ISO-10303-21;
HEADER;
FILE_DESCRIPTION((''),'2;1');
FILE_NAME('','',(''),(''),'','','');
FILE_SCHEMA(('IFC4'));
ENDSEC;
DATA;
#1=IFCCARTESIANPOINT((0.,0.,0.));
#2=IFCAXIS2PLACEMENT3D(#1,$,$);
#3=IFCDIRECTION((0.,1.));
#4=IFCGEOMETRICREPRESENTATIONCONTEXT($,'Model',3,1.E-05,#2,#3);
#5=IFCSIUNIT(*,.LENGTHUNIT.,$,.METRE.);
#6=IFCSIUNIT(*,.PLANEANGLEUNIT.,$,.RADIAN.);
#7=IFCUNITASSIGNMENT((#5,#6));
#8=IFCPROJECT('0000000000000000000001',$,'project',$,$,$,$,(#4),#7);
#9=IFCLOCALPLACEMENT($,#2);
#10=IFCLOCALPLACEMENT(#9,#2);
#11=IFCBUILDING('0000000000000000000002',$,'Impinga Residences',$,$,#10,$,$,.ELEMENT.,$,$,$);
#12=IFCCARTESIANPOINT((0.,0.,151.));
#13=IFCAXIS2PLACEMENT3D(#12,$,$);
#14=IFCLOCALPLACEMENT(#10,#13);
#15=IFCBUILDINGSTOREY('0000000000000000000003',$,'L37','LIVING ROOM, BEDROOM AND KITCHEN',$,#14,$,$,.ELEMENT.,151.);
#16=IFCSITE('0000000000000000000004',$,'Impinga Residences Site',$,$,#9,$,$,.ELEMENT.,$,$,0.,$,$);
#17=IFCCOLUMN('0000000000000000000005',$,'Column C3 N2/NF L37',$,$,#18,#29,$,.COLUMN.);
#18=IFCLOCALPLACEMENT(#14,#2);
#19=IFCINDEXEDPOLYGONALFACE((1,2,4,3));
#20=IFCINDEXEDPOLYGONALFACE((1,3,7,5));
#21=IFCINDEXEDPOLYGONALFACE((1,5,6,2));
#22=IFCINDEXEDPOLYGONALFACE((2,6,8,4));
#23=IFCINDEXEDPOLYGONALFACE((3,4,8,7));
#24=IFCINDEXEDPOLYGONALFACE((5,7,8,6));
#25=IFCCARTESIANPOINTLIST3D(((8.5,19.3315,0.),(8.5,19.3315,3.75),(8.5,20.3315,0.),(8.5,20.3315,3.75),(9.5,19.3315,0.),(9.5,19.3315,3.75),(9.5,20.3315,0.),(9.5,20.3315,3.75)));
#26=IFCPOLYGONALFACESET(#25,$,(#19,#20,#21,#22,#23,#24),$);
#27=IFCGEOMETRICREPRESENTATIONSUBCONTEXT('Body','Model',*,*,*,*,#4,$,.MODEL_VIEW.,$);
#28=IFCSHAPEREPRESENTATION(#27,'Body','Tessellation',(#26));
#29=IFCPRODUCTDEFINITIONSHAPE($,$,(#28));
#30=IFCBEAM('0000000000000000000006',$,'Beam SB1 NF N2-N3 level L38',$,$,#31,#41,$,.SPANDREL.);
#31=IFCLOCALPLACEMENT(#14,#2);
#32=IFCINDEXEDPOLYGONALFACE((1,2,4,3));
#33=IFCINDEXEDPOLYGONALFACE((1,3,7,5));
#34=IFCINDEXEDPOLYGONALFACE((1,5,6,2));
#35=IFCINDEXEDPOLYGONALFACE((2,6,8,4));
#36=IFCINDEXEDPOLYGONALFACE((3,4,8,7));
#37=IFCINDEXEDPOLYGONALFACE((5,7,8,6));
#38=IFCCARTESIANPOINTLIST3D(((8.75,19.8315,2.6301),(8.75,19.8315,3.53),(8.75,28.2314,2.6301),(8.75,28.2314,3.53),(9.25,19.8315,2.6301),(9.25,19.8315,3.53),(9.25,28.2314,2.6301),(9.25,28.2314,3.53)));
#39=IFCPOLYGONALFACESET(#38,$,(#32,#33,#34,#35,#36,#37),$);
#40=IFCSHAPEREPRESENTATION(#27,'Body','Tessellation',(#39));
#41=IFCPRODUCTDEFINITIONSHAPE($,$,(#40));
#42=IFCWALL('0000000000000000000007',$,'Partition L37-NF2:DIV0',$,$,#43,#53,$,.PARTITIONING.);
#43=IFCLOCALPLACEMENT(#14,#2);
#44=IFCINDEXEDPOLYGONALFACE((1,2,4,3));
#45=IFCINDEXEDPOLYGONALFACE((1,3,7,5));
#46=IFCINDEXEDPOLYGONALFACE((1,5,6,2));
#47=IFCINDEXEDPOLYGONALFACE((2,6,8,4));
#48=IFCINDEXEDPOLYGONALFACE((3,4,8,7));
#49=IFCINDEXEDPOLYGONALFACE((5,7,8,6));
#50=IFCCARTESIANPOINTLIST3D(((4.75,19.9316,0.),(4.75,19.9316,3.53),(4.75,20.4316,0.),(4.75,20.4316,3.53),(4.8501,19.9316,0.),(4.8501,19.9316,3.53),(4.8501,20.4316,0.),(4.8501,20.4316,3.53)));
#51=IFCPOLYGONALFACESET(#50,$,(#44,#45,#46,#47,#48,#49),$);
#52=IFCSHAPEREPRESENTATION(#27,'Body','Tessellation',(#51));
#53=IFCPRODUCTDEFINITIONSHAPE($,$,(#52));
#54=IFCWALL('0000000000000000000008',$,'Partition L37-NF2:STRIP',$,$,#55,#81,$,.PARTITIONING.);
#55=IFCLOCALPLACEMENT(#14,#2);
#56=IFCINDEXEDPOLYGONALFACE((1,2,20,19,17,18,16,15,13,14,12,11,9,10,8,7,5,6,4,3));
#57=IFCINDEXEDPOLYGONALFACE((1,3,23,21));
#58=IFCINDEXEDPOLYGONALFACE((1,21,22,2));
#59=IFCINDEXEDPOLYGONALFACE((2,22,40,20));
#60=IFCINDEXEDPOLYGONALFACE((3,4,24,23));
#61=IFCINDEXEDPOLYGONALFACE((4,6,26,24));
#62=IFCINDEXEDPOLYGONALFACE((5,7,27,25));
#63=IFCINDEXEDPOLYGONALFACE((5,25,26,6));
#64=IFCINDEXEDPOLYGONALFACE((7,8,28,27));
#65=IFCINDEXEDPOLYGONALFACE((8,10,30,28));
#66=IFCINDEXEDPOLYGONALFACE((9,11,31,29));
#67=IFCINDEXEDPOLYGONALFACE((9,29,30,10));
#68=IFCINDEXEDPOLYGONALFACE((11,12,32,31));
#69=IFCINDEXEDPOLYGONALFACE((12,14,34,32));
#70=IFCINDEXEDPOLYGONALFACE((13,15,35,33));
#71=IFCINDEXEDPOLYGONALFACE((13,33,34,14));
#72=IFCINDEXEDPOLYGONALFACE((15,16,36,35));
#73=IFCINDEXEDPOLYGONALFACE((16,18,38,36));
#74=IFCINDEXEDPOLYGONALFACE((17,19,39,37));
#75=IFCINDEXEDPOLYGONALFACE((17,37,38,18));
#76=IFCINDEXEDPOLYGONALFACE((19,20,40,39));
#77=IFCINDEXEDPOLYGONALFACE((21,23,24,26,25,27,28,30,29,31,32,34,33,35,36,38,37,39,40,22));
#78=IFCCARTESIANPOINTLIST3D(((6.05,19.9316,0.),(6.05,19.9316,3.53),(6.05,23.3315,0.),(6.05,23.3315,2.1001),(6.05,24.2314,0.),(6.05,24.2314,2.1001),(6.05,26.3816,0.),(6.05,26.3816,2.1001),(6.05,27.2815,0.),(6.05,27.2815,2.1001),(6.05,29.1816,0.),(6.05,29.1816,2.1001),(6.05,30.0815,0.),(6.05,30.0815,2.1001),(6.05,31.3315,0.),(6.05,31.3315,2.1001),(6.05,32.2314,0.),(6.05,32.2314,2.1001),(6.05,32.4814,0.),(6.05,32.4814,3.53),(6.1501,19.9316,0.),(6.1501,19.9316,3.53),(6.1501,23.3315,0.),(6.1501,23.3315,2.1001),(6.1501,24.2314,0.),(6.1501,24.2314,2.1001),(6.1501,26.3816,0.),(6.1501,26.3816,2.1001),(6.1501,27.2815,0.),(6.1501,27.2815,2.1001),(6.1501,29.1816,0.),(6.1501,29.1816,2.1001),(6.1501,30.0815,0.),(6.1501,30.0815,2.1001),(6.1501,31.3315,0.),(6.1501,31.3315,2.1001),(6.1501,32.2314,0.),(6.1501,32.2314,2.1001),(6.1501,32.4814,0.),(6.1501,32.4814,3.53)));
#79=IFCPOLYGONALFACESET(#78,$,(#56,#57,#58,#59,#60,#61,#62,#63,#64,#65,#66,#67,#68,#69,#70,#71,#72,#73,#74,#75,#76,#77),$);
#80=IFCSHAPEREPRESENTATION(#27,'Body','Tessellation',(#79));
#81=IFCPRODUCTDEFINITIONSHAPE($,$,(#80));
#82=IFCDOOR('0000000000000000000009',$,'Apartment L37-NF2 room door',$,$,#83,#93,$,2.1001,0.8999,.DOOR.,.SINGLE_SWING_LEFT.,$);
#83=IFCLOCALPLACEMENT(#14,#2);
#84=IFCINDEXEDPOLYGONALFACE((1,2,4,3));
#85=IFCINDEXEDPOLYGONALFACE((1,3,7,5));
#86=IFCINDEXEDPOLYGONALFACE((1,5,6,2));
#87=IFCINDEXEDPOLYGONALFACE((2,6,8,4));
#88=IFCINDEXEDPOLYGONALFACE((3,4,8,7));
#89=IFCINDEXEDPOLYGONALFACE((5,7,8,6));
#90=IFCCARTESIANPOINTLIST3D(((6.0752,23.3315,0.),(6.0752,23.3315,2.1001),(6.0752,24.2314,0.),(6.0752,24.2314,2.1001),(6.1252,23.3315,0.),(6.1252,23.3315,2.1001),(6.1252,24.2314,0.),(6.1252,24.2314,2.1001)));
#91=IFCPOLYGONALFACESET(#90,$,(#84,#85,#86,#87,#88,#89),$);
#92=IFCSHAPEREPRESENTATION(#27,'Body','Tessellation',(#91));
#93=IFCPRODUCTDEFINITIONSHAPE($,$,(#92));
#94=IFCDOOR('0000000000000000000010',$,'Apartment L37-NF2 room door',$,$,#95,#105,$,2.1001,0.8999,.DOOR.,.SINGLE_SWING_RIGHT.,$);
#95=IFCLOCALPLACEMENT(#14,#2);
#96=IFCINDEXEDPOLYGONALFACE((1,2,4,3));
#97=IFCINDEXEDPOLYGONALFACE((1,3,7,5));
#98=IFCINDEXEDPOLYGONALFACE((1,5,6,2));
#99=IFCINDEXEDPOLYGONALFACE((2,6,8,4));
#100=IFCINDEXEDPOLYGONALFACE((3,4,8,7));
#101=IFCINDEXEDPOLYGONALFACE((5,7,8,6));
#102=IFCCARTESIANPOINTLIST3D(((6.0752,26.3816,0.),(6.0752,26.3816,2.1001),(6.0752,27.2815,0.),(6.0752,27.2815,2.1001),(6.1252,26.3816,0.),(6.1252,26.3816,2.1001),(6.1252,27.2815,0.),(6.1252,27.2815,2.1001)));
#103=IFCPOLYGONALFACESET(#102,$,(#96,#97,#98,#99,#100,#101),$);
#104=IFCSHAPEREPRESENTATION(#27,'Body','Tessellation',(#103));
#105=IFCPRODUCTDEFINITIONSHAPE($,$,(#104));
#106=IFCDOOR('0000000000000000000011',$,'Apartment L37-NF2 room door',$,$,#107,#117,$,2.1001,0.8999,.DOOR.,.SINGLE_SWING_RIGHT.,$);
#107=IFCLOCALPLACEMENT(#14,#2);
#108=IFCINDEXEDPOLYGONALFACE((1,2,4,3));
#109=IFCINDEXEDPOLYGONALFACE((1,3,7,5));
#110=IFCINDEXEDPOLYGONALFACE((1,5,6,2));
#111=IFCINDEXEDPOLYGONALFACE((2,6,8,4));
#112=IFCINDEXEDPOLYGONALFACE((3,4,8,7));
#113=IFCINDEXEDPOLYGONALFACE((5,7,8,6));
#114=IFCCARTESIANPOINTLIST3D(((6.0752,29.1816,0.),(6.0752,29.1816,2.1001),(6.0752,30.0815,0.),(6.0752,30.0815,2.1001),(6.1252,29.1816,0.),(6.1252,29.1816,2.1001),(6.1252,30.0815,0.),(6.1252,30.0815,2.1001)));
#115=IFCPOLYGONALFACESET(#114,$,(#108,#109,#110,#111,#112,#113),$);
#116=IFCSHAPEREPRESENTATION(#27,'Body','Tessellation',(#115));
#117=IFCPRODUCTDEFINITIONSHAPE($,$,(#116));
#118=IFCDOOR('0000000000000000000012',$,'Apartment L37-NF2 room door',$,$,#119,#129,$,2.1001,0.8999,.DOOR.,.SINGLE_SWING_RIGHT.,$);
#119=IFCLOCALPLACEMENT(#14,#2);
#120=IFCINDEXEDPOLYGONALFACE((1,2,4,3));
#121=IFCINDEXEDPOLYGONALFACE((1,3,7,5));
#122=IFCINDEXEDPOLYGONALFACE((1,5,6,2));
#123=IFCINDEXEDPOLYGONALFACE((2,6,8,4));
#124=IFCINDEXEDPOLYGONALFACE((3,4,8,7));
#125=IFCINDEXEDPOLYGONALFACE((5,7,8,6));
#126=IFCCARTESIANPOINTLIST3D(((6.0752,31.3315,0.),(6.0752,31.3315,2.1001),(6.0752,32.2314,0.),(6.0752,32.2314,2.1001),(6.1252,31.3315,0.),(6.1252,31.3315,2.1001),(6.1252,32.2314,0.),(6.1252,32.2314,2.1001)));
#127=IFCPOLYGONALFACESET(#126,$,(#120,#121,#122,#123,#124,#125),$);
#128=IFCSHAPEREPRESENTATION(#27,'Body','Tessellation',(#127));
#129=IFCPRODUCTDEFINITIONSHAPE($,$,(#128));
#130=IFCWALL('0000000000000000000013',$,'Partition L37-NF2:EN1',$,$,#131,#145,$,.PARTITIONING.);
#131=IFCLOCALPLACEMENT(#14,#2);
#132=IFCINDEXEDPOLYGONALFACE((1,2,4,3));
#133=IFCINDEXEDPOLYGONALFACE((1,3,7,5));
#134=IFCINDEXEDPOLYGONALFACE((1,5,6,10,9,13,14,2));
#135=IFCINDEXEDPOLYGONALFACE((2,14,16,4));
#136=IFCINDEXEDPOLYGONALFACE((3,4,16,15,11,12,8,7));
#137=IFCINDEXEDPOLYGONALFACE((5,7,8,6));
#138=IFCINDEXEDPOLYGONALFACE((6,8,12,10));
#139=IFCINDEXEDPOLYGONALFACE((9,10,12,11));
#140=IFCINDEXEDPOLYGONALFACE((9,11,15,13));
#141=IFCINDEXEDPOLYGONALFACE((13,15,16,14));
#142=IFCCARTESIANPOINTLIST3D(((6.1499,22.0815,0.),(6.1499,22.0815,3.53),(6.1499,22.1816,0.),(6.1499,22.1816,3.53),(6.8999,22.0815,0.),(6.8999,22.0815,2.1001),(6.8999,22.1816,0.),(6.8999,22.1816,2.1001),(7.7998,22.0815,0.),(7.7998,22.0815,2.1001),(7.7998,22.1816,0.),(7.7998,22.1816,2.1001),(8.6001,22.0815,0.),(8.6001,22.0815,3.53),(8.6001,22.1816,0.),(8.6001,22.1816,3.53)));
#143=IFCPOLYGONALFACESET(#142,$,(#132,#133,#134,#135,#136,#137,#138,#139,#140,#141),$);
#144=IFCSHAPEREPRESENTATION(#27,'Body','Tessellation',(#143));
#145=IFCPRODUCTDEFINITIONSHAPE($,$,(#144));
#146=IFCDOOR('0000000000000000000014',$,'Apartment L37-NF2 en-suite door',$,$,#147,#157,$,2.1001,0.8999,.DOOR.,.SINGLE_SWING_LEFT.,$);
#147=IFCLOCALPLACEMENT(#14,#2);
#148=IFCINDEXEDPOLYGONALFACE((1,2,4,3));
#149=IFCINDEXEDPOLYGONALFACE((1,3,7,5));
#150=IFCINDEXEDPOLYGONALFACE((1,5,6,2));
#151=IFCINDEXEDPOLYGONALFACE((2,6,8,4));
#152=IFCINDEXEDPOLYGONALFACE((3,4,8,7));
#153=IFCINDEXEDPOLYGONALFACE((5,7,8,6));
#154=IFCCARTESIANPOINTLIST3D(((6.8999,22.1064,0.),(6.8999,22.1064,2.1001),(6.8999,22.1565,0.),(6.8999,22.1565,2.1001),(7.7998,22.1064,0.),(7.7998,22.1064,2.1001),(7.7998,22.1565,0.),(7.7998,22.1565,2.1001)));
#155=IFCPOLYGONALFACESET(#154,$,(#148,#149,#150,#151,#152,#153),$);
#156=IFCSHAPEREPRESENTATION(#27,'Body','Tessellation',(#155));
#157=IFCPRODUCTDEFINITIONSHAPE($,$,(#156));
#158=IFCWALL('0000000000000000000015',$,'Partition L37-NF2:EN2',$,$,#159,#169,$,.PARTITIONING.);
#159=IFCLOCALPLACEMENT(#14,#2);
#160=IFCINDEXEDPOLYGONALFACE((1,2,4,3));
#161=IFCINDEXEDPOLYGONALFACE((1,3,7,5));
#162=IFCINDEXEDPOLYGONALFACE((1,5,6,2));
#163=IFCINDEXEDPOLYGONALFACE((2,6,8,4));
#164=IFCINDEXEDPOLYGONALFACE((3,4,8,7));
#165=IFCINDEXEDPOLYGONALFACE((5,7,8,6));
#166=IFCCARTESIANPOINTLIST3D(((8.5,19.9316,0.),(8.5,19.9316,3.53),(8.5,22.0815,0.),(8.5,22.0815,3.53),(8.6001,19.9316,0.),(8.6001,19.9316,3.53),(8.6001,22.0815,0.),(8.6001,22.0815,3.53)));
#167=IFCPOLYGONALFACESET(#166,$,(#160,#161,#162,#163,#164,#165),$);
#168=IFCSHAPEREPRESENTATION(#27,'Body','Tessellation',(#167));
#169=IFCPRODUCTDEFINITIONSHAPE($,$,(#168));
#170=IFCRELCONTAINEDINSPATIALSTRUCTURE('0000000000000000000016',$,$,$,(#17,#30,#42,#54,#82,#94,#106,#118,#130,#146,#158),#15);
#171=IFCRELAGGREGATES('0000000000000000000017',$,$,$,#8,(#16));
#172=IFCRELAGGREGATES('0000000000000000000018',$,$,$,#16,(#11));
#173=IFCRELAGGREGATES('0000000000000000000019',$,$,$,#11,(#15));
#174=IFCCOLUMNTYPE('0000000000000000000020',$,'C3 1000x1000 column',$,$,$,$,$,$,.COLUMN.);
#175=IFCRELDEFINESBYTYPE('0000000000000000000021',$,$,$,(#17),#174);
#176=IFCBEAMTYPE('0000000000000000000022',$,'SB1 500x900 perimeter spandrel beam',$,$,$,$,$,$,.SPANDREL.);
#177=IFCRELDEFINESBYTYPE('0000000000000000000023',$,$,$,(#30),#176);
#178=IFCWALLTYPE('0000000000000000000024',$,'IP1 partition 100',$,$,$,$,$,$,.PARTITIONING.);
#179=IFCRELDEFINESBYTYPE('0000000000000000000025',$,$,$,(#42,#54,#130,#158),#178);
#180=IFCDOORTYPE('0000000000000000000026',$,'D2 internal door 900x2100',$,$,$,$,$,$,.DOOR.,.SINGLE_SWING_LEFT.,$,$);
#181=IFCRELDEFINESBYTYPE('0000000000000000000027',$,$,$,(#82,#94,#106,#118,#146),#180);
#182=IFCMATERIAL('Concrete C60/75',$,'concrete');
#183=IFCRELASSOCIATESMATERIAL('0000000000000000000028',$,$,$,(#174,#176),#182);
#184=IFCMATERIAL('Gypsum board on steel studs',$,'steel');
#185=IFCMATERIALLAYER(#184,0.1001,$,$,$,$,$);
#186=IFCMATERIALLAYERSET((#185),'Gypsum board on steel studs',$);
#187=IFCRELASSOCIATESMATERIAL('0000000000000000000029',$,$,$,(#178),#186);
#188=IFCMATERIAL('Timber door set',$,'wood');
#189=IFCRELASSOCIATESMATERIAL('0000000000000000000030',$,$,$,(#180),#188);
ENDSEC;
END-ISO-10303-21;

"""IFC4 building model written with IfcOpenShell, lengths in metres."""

from ifc_helpers import new_model, si_unit, direction, frame, frame_2d, origin, origin_2d, place, context, subcontext, project, spatial, rectangle, extrude, material, layer, layer_set, material_profile, profile_set, type_object, element, fill, save


model = new_model("IFC4")

# Units and contexts
model_context = context("Model", 3, precision=1e-05, world=origin(), true_north=direction((0.0, 1.0)))
body_context = subcontext(model_context, "Body", "Model", "MODEL_VIEW")
ifc_project = project(units=[si_unit("LENGTHUNIT", "METRE"), si_unit("PLANEANGLEUNIT", "RADIAN")], contexts=[model_context])

# Site, building, storey
site_placement = place(None, origin())
site = spatial("IfcSite", under=ifc_project, at=site_placement, Name="Impinga Residences Site", CompositionType="ELEMENT", RefElevation=0.0)
building_placement = place(site_placement, origin())
building = spatial("IfcBuilding", under=site, at=building_placement, Name="Impinga Residences", CompositionType="ELEMENT")
storey_placement = place(building_placement, frame((0.0, 0.0, 151.0)))
storey = spatial("IfcBuildingStorey", under=building, at=storey_placement, Name="L37", Description="LIVING ROOM, BEDROOM AND KITCHEN", CompositionType="ELEMENT", Elevation=151.0)

# Column
ifc_material_1 = material(Name="Concrete C60/75", Category="concrete")
ifc_material_profile_1 = material_profile(ifc_material_1, rectangle(XDim=1.0, YDim=1.0, at=origin_2d()), Name="RC 1000x1000")
ifc_profile_set_1 = profile_set([ifc_material_profile_1], Name="Concrete C60/75")
column_type = type_object("IfcColumnType", Name="C3 1000x1000 column", PredefinedType="COLUMN", material=ifc_profile_set_1)
column_placement = place(storey_placement, frame((9.0, 19.8315, 0.0), z_axis=(0.0, 0.0, 1.0), x_axis=(1.0, 0.0, 0.0)))
element("IfcColumn", 1, at=column_placement, inside=storey, type_object=column_type, Name="Column C3 N2/NF L37", PredefinedType="COLUMN", context=body_context, shape_type="SweptSolid", body=[
    extrude(rectangle(XDim=1.0, YDim=1.0, at=origin_2d()), origin(), (0.0, 0.0, 1.0), 3.75),
])

# Beam
ifc_material_profile_2 = material_profile(ifc_material_1, rectangle(XDim=0.5, YDim=0.8999, at=origin_2d()), Name="RC 500x900")
ifc_profile_set_2 = profile_set([ifc_material_profile_2], Name="Concrete C60/75")
beam_type = type_object("IfcBeamType", Name="SB1 500x900 perimeter spandrel beam", PredefinedType="SPANDREL", material=ifc_profile_set_2)
beam_placement = place(storey_placement, frame((9.0, 19.8315, 3.0801), z_axis=(0.0, 1.0, 0.0), x_axis=(-1.0, 0.0, 0.0)))
element("IfcBeam", 2, at=beam_placement, inside=storey, type_object=beam_type, Name="Beam SB1 NF N2-N3 level L38", PredefinedType="SPANDREL", context=body_context, shape_type="SweptSolid", body=[
    extrude(rectangle(XDim=0.5, YDim=0.8999, at=origin_2d()), origin(), (0.0, 0.0, 1.0), 8.3999),
])

# Wall
ifc_material_2 = material(Name="Gypsum board on steel studs", Category="steel")
ifc_layer_1 = layer(ifc_material_2, 0.1001)
ifc_layer_set_1 = layer_set([ifc_layer_1], Name="Gypsum board on steel studs")
wall_type_1 = type_object("IfcWallType", Name="IP1 partition 100", PredefinedType="PARTITIONING", material=ifc_layer_set_1)
wall_1_placement = place(storey_placement, frame((4.8, 19.9316, 0.0), z_axis=(0.0, 0.0, 1.0), x_axis=(0.0, 1.0, 0.0)))
element("IfcWall", 3, at=wall_1_placement, inside=storey, type_object=wall_type_1, Name="Partition L37-NF2:DIV0", PredefinedType="PARTITIONING", context=body_context, shape_type="SweptSolid", body=[
    extrude(rectangle(XDim=0.5, YDim=0.1001, at=frame_2d((0.25, 0.0))), origin(), (0.0, 0.0, 1.0), 3.53),
])

# Wall, openings, doors
wall_2_placement = place(storey_placement, frame((6.1001, 19.9316, 0.0), z_axis=(0.0, 0.0, 1.0), x_axis=(0.0, 1.0, 0.0)))
wall_2 = element("IfcWall", 4, at=wall_2_placement, inside=storey, type_object=wall_type_1, Name="Partition L37-NF2:STRIP", PredefinedType="PARTITIONING", context=body_context, shape_type="SweptSolid", body=[
    extrude(rectangle(XDim=12.5498, YDim=0.1001, at=frame_2d((6.2749, 0.0))), origin(), (0.0, 0.0, 1.0), 3.53),
])
opening_1_placement = place(wall_2_placement, frame((3.3999, 0.0, 0.0)))
opening_1 = element("IfcOpeningElement", 5, at=opening_1_placement, cuts=wall_2, PredefinedType="OPENING", context=body_context, shape_type="SweptSolid", body=[
    extrude(rectangle(XDim=0.8999, YDim=2.1001, at=frame_2d((0.45, 1.05))), frame((0.0, 0.0601, 0.0), z_axis=(0.0, -1.0, 0.0), x_axis=(1.0, 0.0, 0.0)), (0.0, 0.0, 1.0), 0.1201),
])
opening_2_placement = place(wall_2_placement, frame((6.45, 0.0, 0.0)))
opening_2 = element("IfcOpeningElement", 6, at=opening_2_placement, cuts=wall_2, PredefinedType="OPENING", context=body_context, shape_type="SweptSolid", body=[
    extrude(rectangle(XDim=0.8999, YDim=2.1001, at=frame_2d((0.45, 1.05))), frame((0.0, 0.0601, 0.0), z_axis=(0.0, -1.0, 0.0), x_axis=(1.0, 0.0, 0.0)), (0.0, 0.0, 1.0), 0.1201),
])
opening_3_placement = place(wall_2_placement, frame((9.25, 0.0, 0.0)))
opening_3 = element("IfcOpeningElement", 7, at=opening_3_placement, cuts=wall_2, PredefinedType="OPENING", context=body_context, shape_type="SweptSolid", body=[
    extrude(rectangle(XDim=0.8999, YDim=2.1001, at=frame_2d((0.45, 1.05))), frame((0.0, 0.0601, 0.0), z_axis=(0.0, -1.0, 0.0), x_axis=(1.0, 0.0, 0.0)), (0.0, 0.0, 1.0), 0.1201),
])
opening_4_placement = place(wall_2_placement, frame((11.3999, 0.0, 0.0)))
opening_4 = element("IfcOpeningElement", 8, at=opening_4_placement, cuts=wall_2, PredefinedType="OPENING", context=body_context, shape_type="SweptSolid", body=[
    extrude(rectangle(XDim=0.8999, YDim=2.1001, at=frame_2d((0.45, 1.05))), frame((0.0, 0.0601, 0.0), z_axis=(0.0, -1.0, 0.0), x_axis=(1.0, 0.0, 0.0)), (0.0, 0.0, 1.0), 0.1201),
])
ifc_material_3 = material(Name="Timber door set", Category="wood")
door_type = type_object("IfcDoorType", Name="D2 internal door 900x2100", OperationType="SINGLE_SWING_LEFT", PredefinedType="DOOR", material=ifc_material_3)
door_1_placement = place(opening_1_placement, origin())
door_1 = element("IfcDoor", 9, at=door_1_placement, inside=storey, type_object=door_type, Name="Apartment L37-NF2 room door", OperationType="SINGLE_SWING_LEFT", OverallHeight=2.1001, OverallWidth=0.8999, PredefinedType="DOOR", context=body_context, shape_type="SweptSolid", body=[
    extrude(rectangle(XDim=0.8999, YDim=2.1001, at=frame_2d((0.45, 1.05))), frame((0.0, 0.0249, 0.0), z_axis=(0.0, -1.0, 0.0), x_axis=(1.0, 0.0, 0.0)), (0.0, 0.0, 1.0), 0.05),
])
fill(opening_1, door_1)
door_2_placement = place(opening_2_placement, origin())
door_2 = element("IfcDoor", 10, at=door_2_placement, inside=storey, type_object=door_type, Name="Apartment L37-NF2 room door", OperationType="SINGLE_SWING_RIGHT", OverallHeight=2.1001, OverallWidth=0.8999, PredefinedType="DOOR", context=body_context, shape_type="SweptSolid", body=[
    extrude(rectangle(XDim=0.8999, YDim=2.1001, at=frame_2d((0.45, 1.05))), frame((0.0, 0.0249, 0.0), z_axis=(0.0, -1.0, 0.0), x_axis=(1.0, 0.0, 0.0)), (0.0, 0.0, 1.0), 0.05),
])
fill(opening_2, door_2)
door_3_placement = place(opening_3_placement, origin())
door_3 = element("IfcDoor", 11, at=door_3_placement, inside=storey, type_object=door_type, Name="Apartment L37-NF2 room door", OperationType="SINGLE_SWING_RIGHT", OverallHeight=2.1001, OverallWidth=0.8999, PredefinedType="DOOR", context=body_context, shape_type="SweptSolid", body=[
    extrude(rectangle(XDim=0.8999, YDim=2.1001, at=frame_2d((0.45, 1.05))), frame((0.0, 0.0249, 0.0), z_axis=(0.0, -1.0, 0.0), x_axis=(1.0, 0.0, 0.0)), (0.0, 0.0, 1.0), 0.05),
])
fill(opening_3, door_3)
door_4_placement = place(opening_4_placement, origin())
door_4 = element("IfcDoor", 12, at=door_4_placement, inside=storey, type_object=door_type, Name="Apartment L37-NF2 room door", OperationType="SINGLE_SWING_RIGHT", OverallHeight=2.1001, OverallWidth=0.8999, PredefinedType="DOOR", context=body_context, shape_type="SweptSolid", body=[
    extrude(rectangle(XDim=0.8999, YDim=2.1001, at=frame_2d((0.45, 1.05))), frame((0.0, 0.0249, 0.0), z_axis=(0.0, -1.0, 0.0), x_axis=(1.0, 0.0, 0.0)), (0.0, 0.0, 1.0), 0.05),
])
fill(opening_4, door_4)

# Wall, opening, door
wall_3_placement = place(storey_placement, frame((6.1499, 22.1316, 0.0), z_axis=(0.0, 0.0, 1.0), x_axis=(1.0, 0.0, 0.0)))
wall_3 = element("IfcWall", 13, at=wall_3_placement, inside=storey, type_object=wall_type_1, Name="Partition L37-NF2:EN1", PredefinedType="PARTITIONING", context=body_context, shape_type="SweptSolid", body=[
    extrude(rectangle(XDim=2.4502, YDim=0.1001, at=frame_2d((1.2251, 0.0))), origin(), (0.0, 0.0, 1.0), 3.53),
])
opening_5_placement = place(wall_3_placement, frame((0.75, 0.0, 0.0)))
opening_5 = element("IfcOpeningElement", 14, at=opening_5_placement, cuts=wall_3, PredefinedType="OPENING", context=body_context, shape_type="SweptSolid", body=[
    extrude(rectangle(XDim=0.8999, YDim=2.1001, at=frame_2d((0.45, 1.05))), frame((0.0, 0.0601, 0.0), z_axis=(0.0, -1.0, 0.0), x_axis=(1.0, 0.0, 0.0)), (0.0, 0.0, 1.0), 0.1201),
])
door_5_placement = place(opening_5_placement, origin())
door_5 = element("IfcDoor", 15, at=door_5_placement, inside=storey, type_object=door_type, Name="Apartment L37-NF2 en-suite door", OperationType="SINGLE_SWING_LEFT", OverallHeight=2.1001, OverallWidth=0.8999, PredefinedType="DOOR", context=body_context, shape_type="SweptSolid", body=[
    extrude(rectangle(XDim=0.8999, YDim=2.1001, at=frame_2d((0.45, 1.05))), frame((0.0, 0.0249, 0.0), z_axis=(0.0, -1.0, 0.0), x_axis=(1.0, 0.0, 0.0)), (0.0, 0.0, 1.0), 0.05),
])
fill(opening_5, door_5)

# Wall
wall_4_placement = place(storey_placement, frame((8.55, 19.9316, 0.0), z_axis=(0.0, 0.0, 1.0), x_axis=(0.0, 1.0, 0.0)))
element("IfcWall", 16, at=wall_4_placement, inside=storey, type_object=wall_type_1, Name="Partition L37-NF2:EN2", PredefinedType="PARTITIONING", context=body_context, shape_type="SweptSolid", body=[
    extrude(rectangle(XDim=2.1499, YDim=0.1001, at=frame_2d((1.075, 0.0))), origin(), (0.0, 0.0, 1.0), 3.53),
])

save(model, "model.ifc")
